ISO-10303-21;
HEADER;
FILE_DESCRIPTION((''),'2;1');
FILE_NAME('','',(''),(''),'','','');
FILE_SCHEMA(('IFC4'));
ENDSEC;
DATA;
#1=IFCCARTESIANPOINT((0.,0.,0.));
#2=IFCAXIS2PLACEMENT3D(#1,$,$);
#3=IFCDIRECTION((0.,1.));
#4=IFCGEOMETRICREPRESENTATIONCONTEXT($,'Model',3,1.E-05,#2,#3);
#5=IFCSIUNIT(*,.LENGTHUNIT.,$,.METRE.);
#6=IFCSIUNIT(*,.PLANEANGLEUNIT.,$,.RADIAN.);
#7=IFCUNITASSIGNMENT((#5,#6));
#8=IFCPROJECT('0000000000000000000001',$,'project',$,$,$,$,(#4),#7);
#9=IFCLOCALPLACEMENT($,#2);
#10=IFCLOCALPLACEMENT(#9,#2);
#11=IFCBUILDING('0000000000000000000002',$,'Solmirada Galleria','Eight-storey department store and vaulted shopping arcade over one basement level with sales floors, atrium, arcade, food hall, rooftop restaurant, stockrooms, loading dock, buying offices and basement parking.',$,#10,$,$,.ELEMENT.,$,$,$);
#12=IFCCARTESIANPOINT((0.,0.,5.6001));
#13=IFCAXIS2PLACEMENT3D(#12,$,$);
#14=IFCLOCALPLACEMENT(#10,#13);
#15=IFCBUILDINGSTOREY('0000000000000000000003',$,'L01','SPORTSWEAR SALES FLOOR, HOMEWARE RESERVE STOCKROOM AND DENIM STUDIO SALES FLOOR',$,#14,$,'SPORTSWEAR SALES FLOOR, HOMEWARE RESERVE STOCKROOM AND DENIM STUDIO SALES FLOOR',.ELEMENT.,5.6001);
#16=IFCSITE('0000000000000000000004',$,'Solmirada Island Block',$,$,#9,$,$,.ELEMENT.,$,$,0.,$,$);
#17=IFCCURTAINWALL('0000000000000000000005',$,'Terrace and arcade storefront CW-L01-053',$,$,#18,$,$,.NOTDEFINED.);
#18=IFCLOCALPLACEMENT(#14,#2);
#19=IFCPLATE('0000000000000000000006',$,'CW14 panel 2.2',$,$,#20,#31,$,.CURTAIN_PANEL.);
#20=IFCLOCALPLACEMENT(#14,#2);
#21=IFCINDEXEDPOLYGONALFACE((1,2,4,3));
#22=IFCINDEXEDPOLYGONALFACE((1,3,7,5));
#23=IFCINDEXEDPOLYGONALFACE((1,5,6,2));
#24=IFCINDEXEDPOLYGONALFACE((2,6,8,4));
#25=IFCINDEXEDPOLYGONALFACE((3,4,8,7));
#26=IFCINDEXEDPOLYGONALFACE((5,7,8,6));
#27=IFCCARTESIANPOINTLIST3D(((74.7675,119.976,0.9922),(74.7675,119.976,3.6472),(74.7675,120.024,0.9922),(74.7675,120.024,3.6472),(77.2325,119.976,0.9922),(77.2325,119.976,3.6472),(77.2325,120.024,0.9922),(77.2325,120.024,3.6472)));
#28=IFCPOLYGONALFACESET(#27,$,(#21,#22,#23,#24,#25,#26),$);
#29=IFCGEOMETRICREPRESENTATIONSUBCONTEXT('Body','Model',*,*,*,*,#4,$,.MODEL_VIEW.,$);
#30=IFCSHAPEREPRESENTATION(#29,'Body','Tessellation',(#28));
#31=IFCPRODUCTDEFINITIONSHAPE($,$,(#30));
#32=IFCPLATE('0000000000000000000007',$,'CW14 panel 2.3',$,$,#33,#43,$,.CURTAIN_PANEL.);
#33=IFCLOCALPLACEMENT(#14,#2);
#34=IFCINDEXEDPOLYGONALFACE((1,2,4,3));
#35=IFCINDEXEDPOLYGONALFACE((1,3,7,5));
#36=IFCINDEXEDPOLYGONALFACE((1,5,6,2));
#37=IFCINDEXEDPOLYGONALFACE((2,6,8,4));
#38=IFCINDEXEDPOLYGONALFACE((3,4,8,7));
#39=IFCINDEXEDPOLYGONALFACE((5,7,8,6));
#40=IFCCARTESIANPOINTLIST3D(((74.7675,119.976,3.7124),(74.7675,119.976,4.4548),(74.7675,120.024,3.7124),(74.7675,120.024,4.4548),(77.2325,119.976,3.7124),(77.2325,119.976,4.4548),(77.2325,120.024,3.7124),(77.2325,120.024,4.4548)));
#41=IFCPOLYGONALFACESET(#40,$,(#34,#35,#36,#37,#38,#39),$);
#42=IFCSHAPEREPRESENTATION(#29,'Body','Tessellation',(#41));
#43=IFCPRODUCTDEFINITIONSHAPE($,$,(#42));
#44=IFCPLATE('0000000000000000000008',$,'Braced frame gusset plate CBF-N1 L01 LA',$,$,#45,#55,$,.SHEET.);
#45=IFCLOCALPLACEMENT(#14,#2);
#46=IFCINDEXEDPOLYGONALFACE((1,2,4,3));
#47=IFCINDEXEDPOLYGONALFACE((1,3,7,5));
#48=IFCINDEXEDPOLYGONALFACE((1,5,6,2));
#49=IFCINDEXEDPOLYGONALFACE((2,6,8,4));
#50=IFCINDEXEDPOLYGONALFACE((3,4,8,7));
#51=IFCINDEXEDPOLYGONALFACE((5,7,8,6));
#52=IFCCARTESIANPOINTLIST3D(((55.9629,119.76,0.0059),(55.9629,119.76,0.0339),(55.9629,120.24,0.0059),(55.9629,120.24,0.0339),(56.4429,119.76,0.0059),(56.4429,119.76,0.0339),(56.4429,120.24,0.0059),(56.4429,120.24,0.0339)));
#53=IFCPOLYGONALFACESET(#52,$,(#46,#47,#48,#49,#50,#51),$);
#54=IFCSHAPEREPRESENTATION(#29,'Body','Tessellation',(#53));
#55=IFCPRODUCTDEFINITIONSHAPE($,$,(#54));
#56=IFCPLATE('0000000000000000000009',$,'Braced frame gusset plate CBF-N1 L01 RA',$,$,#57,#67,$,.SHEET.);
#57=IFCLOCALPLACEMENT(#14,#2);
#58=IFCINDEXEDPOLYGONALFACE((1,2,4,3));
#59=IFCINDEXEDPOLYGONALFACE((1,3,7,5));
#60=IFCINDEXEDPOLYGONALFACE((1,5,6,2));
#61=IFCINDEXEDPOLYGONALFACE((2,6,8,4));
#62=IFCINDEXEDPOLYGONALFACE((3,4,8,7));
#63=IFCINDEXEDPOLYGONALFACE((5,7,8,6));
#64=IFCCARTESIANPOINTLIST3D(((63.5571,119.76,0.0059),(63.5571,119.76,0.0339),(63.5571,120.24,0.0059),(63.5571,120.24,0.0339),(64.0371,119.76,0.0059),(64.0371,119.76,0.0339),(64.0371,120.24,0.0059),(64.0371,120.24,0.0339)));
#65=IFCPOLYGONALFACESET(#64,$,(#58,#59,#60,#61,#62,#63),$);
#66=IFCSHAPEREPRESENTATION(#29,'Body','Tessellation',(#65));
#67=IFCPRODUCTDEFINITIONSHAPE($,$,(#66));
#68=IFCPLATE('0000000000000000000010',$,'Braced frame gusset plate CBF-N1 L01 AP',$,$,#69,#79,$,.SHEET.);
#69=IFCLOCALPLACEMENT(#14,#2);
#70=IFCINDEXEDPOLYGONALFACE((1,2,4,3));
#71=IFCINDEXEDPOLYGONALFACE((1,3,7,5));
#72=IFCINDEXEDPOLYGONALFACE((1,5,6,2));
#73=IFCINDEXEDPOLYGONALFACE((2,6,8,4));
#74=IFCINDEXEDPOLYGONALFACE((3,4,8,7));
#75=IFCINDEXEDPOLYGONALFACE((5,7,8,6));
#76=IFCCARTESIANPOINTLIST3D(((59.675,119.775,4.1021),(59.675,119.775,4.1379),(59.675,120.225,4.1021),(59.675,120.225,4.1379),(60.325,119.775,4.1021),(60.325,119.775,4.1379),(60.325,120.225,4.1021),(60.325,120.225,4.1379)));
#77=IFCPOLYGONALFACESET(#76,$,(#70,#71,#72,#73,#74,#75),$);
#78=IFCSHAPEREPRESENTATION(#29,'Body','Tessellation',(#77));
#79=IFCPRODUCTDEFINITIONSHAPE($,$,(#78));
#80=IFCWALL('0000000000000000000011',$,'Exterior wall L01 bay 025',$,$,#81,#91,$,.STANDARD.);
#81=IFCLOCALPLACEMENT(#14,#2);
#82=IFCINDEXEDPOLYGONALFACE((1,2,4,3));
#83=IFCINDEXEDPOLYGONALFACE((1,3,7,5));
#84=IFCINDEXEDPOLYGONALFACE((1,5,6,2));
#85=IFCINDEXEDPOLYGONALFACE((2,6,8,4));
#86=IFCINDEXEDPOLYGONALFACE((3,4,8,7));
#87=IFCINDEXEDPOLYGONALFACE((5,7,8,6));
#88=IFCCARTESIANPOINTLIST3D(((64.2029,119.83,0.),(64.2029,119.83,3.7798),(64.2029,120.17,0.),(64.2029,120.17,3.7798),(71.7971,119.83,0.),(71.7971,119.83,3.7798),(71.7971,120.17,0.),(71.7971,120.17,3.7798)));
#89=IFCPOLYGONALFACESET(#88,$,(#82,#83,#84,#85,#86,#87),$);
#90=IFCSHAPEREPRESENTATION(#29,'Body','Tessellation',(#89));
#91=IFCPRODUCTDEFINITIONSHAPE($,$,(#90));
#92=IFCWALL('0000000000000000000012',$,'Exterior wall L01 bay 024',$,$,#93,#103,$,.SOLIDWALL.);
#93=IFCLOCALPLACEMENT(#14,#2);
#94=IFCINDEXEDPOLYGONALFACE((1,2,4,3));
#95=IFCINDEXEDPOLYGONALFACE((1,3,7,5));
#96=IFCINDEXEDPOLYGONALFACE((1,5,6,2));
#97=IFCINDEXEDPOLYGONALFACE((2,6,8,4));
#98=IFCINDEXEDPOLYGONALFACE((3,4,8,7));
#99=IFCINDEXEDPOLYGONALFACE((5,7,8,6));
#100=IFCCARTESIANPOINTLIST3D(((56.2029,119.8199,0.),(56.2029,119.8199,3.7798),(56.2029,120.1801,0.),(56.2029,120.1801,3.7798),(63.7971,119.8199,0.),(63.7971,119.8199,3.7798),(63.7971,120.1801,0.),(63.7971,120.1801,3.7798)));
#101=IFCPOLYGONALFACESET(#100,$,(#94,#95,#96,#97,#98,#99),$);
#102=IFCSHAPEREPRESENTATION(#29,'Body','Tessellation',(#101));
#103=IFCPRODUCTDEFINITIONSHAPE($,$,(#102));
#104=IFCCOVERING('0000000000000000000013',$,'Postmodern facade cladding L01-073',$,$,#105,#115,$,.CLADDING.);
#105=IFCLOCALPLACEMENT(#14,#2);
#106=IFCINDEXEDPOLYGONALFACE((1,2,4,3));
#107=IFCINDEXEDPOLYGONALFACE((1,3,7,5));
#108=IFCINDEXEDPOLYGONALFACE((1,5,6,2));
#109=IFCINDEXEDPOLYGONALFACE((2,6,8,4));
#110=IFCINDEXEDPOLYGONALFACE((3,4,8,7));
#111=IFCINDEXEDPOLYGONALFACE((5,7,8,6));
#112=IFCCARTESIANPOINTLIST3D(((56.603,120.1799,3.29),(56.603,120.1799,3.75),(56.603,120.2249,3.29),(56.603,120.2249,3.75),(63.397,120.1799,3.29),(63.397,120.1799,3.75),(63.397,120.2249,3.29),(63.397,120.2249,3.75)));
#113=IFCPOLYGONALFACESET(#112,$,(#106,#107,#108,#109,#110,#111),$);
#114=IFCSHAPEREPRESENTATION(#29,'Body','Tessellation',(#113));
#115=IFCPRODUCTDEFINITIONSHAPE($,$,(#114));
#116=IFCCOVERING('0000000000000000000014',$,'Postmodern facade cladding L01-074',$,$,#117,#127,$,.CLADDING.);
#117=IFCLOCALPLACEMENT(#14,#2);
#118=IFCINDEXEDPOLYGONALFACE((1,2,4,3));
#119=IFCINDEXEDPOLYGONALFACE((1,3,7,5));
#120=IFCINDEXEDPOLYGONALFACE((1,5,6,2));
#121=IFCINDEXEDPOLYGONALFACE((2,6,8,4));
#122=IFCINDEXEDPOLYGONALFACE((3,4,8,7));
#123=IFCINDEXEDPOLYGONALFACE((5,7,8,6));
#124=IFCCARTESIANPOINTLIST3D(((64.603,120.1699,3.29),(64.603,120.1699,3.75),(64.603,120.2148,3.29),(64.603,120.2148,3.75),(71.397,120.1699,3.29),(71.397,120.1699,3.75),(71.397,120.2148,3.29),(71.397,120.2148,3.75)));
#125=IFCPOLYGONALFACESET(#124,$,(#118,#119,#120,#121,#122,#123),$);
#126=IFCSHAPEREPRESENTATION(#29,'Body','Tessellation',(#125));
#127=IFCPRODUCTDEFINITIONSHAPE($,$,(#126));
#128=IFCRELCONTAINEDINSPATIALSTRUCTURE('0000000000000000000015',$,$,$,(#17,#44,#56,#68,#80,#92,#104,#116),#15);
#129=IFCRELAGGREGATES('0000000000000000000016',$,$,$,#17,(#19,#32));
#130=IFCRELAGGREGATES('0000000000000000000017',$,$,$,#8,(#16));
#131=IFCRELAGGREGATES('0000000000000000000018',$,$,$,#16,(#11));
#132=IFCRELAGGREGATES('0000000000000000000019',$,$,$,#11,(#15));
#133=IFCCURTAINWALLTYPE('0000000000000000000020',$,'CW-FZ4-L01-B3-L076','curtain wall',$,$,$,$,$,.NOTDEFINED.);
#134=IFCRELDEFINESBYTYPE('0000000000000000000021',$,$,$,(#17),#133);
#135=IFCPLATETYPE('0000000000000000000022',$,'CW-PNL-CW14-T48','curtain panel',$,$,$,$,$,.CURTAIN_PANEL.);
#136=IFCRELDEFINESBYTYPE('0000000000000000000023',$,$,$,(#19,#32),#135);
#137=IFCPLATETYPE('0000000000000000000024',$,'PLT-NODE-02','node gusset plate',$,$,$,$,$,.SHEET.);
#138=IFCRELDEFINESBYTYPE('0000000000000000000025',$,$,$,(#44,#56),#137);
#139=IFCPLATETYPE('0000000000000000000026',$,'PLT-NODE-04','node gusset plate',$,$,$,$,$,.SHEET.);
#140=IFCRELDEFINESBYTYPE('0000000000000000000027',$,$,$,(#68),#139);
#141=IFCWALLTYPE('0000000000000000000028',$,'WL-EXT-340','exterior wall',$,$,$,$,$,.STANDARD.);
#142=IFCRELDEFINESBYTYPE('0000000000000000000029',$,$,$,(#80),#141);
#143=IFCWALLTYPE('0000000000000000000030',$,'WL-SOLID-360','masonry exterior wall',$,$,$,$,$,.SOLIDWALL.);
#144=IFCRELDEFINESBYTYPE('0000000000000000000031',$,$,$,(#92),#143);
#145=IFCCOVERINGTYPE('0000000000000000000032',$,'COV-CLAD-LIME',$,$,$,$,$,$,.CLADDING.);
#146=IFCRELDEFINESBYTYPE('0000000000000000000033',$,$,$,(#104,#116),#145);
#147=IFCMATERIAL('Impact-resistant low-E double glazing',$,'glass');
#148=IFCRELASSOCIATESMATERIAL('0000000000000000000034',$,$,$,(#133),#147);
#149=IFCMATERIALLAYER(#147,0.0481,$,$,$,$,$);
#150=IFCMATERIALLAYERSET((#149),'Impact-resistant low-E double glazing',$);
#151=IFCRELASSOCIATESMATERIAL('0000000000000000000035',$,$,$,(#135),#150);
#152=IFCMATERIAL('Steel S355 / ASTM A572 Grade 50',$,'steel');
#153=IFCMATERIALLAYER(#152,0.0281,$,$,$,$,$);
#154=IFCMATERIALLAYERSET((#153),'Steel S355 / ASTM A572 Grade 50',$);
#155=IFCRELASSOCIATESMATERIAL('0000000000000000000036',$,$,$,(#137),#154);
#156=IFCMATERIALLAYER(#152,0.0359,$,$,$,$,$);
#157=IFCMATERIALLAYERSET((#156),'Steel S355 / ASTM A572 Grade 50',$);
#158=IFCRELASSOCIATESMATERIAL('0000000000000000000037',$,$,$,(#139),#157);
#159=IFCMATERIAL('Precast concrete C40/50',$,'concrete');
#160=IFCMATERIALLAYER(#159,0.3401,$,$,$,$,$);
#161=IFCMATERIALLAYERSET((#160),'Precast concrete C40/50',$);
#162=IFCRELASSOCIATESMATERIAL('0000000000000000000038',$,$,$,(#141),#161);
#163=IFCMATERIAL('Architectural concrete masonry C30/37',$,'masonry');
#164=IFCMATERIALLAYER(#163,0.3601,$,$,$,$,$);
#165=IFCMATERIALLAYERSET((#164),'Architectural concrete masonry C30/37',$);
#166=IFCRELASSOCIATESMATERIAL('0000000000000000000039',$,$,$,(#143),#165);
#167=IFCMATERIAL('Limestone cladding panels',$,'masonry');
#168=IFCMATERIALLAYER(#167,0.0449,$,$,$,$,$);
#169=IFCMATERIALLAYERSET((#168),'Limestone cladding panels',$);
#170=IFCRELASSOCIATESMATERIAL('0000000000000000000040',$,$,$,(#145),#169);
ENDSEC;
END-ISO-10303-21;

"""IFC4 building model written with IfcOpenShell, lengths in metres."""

from ifc_helpers import new_model, si_unit, direction, frame, frame_2d, origin, origin_2d, place, context, subcontext, project, spatial, rectangle, extrude, material, layer, layer_set, type_object, element, aggregate, save


model = new_model("IFC4")

# Units and contexts
model_context = context("Model", 3, precision=1e-05, world=origin(), true_north=direction((0.0, 1.0)))
body_context = subcontext(model_context, "Body", "Model", "MODEL_VIEW")
ifc_project = project(units=[si_unit("LENGTHUNIT", "METRE"), si_unit("PLANEANGLEUNIT", "RADIAN")], contexts=[model_context])

# Site, building, storey
site_placement = place(None, origin())
site = spatial("IfcSite", under=ifc_project, at=site_placement, Name="Solmirada Island Block", CompositionType="ELEMENT", RefElevation=0.0)
building_placement = place(site_placement, origin())
building = spatial("IfcBuilding", under=site, at=building_placement, Name="Solmirada Galleria", Description="Eight-storey department store and vaulted shopping arcade over one basement level with sales floors, atrium, arcade, food hall, rooftop restaurant, stockrooms, loading dock, buying offices and basement parking.", CompositionType="ELEMENT")
storey_placement = place(building_placement, frame((0.0, 0.0, 5.6001)))
storey = spatial("IfcBuildingStorey", under=building, at=storey_placement, Name="L01", Description="SPORTSWEAR SALES FLOOR, HOMEWARE RESERVE STOCKROOM AND DENIM STUDIO SALES FLOOR", LongName="SPORTSWEAR SALES FLOOR, HOMEWARE RESERVE STOCKROOM AND DENIM STUDIO SALES FLOOR", CompositionType="ELEMENT", Elevation=5.6001)

# Shared definitions
ifc_material_1 = material(Name="Precast concrete C40/50", Category="concrete")

# Curtain wall
ifc_material_2 = material(Name="Impact-resistant low-E double glazing", Category="glass")
curtain_wall_type = type_object("IfcCurtainWallType", Name="CW-FZ4-L01-B3-L076", Description="curtain wall", PredefinedType="NOTDEFINED", material=ifc_material_2)
curtain_wall_placement = place(storey_placement, origin())
curtain_wall = element("IfcCurtainWall", 1, at=curtain_wall_placement, inside=storey, type_object=curtain_wall_type, Name="Terrace and arcade storefront CW-L01-053", PredefinedType="NOTDEFINED")

# Plates
ifc_layer_1 = layer(ifc_material_2, 0.0481)
ifc_layer_set_1 = layer_set([ifc_layer_1], Name="Impact-resistant low-E double glazing")
plate_type_1 = type_object("IfcPlateType", Name="CW-PNL-CW14-T48", Description="curtain panel", PredefinedType="CURTAIN_PANEL", material=ifc_layer_set_1)
plate_1_placement = place(storey_placement, frame((76.0, 120.0, 0.9922), z_axis=(0.0, 0.0, 1.0), x_axis=(1.0, 0.0, 0.0)))
plate_1 = element("IfcPlate", 2, at=plate_1_placement, type_object=plate_type_1, Name="CW14 panel 2.2", PredefinedType="CURTAIN_PANEL", context=body_context, shape_type="SweptSolid", body=[
    extrude(rectangle(XDim=2.4651, YDim=0.0481, at=origin_2d()), origin(), (0.0, 0.0, 1.0), 2.655),
])
plate_2_placement = place(storey_placement, frame((76.0, 120.0, 3.7124), z_axis=(0.0, 0.0, 1.0), x_axis=(1.0, 0.0, 0.0)))
plate_2 = element("IfcPlate", 3, at=plate_2_placement, type_object=plate_type_1, Name="CW14 panel 2.3", PredefinedType="CURTAIN_PANEL", context=body_context, shape_type="SweptSolid", body=[
    extrude(rectangle(XDim=2.4651, YDim=0.0481, at=origin_2d()), origin(), (0.0, 0.0, 1.0), 0.7424),
])
aggregate(curtain_wall, [plate_1, plate_2])

# Plates
ifc_material_3 = material(Name="Steel S355 / ASTM A572 Grade 50", Category="steel")
ifc_layer_2 = layer(ifc_material_3, 0.0281)
ifc_layer_set_2 = layer_set([ifc_layer_2], Name="Steel S355 / ASTM A572 Grade 50")
plate_type_2 = type_object("IfcPlateType", Name="PLT-NODE-02", Description="node gusset plate", PredefinedType="SHEET", material=ifc_layer_set_2)
for number, where, z_axis, x_axis, name in (
    (4, (56.2029, 120.0, 0.0059), (0.0, 0.0, 1.0), (1.0, 0.0, 0.0), "Braced frame gusset plate CBF-N1 L01 LA"),
    (5, (63.7971, 120.0, 0.0059), (0.0, 0.0, 1.0), (1.0, 0.0, 0.0), "Braced frame gusset plate CBF-N1 L01 RA"),
):
    element("IfcPlate", number, at=place(storey_placement, frame(where, z_axis=z_axis, x_axis=x_axis)), inside=storey, type_object=plate_type_2, Name=name, PredefinedType="SHEET", context=body_context, shape_type="SweptSolid", body=[
        extrude(rectangle(XDim=0.48, YDim=0.48, at=origin_2d()), origin(), (0.0, 0.0, 1.0), 0.0281),
    ])
ifc_layer_3 = layer(ifc_material_3, 0.0359)
ifc_layer_set_3 = layer_set([ifc_layer_3], Name="Steel S355 / ASTM A572 Grade 50")
plate_type_3 = type_object("IfcPlateType", Name="PLT-NODE-04", Description="node gusset plate", PredefinedType="SHEET", material=ifc_layer_set_3)
plate_3_placement = place(storey_placement, frame((60.0, 120.0, 4.1021), z_axis=(0.0, 0.0, 1.0), x_axis=(1.0, 0.0, 0.0)))
element("IfcPlate", 6, at=plate_3_placement, inside=storey, type_object=plate_type_3, Name="Braced frame gusset plate CBF-N1 L01 AP", PredefinedType="SHEET", context=body_context, shape_type="SweptSolid", body=[
    extrude(rectangle(XDim=0.6499, YDim=0.45, at=origin_2d()), origin(), (0.0, 0.0, 1.0), 0.0359),
])

# Walls
ifc_layer_4 = layer(ifc_material_1, 0.3401)
ifc_layer_set_4 = layer_set([ifc_layer_4], Name="Precast concrete C40/50")
wall_type_1 = type_object("IfcWallType", Name="WL-EXT-340", Description="exterior wall", PredefinedType="STANDARD", material=ifc_layer_set_4)
wall_1_placement = place(storey_placement, frame((64.2029, 120.0, 0.0), z_axis=(0.0, 0.0, 1.0), x_axis=(1.0, 0.0, 0.0)))
element("IfcWall", 7, at=wall_1_placement, inside=storey, type_object=wall_type_1, Name="Exterior wall L01 bay 025", PredefinedType="STANDARD", context=body_context, shape_type="SweptSolid", body=[
    extrude(rectangle(XDim=7.5942, YDim=0.3401, at=frame_2d((3.7971, 0.0))), origin(), (0.0, 0.0, 1.0), 3.7798),
])
ifc_material_4 = material(Name="Architectural concrete masonry C30/37", Category="masonry")
ifc_layer_5 = layer(ifc_material_4, 0.3601)
ifc_layer_set_5 = layer_set([ifc_layer_5], Name="Architectural concrete masonry C30/37")
wall_type_2 = type_object("IfcWallType", Name="WL-SOLID-360", Description="masonry exterior wall", PredefinedType="SOLIDWALL", material=ifc_layer_set_5)
wall_2_placement = place(storey_placement, frame((56.2029, 120.0, 0.0), z_axis=(0.0, 0.0, 1.0), x_axis=(1.0, 0.0, 0.0)))
element("IfcWall", 8, at=wall_2_placement, inside=storey, type_object=wall_type_2, Name="Exterior wall L01 bay 024", PredefinedType="SOLIDWALL", context=body_context, shape_type="SweptSolid", body=[
    extrude(rectangle(XDim=7.5942, YDim=0.3601, at=frame_2d((3.7971, 0.0))), origin(), (0.0, 0.0, 1.0), 3.7798),
])

# Coverings
ifc_material_5 = material(Name="Limestone cladding panels", Category="masonry")
ifc_layer_6 = layer(ifc_material_5, 0.0449)
ifc_layer_set_6 = layer_set([ifc_layer_6], Name="Limestone cladding panels")
covering_type = type_object("IfcCoveringType", Name="COV-CLAD-LIME", PredefinedType="CLADDING", material=ifc_layer_set_6)
for number, where, z_axis, x_axis, name in (
    (9, (60.0, 120.2024, 3.29), (0.0, 0.0, 1.0), (1.0, 0.0, 0.0), "Postmodern facade cladding L01-073"),
    (10, (68.0, 120.1924, 3.29), (0.0, 0.0, 1.0), (1.0, 0.0, 0.0), "Postmodern facade cladding L01-074"),
):
    element("IfcCovering", number, at=place(storey_placement, frame(where, z_axis=z_axis, x_axis=x_axis)), inside=storey, type_object=covering_type, Name=name, PredefinedType="CLADDING", context=body_context, shape_type="SweptSolid", body=[
        extrude(rectangle(XDim=6.7939, YDim=0.0449, at=origin_2d()), origin(), (0.0, 0.0, 1.0), 0.46),
    ])

save(model, "model.ifc")
